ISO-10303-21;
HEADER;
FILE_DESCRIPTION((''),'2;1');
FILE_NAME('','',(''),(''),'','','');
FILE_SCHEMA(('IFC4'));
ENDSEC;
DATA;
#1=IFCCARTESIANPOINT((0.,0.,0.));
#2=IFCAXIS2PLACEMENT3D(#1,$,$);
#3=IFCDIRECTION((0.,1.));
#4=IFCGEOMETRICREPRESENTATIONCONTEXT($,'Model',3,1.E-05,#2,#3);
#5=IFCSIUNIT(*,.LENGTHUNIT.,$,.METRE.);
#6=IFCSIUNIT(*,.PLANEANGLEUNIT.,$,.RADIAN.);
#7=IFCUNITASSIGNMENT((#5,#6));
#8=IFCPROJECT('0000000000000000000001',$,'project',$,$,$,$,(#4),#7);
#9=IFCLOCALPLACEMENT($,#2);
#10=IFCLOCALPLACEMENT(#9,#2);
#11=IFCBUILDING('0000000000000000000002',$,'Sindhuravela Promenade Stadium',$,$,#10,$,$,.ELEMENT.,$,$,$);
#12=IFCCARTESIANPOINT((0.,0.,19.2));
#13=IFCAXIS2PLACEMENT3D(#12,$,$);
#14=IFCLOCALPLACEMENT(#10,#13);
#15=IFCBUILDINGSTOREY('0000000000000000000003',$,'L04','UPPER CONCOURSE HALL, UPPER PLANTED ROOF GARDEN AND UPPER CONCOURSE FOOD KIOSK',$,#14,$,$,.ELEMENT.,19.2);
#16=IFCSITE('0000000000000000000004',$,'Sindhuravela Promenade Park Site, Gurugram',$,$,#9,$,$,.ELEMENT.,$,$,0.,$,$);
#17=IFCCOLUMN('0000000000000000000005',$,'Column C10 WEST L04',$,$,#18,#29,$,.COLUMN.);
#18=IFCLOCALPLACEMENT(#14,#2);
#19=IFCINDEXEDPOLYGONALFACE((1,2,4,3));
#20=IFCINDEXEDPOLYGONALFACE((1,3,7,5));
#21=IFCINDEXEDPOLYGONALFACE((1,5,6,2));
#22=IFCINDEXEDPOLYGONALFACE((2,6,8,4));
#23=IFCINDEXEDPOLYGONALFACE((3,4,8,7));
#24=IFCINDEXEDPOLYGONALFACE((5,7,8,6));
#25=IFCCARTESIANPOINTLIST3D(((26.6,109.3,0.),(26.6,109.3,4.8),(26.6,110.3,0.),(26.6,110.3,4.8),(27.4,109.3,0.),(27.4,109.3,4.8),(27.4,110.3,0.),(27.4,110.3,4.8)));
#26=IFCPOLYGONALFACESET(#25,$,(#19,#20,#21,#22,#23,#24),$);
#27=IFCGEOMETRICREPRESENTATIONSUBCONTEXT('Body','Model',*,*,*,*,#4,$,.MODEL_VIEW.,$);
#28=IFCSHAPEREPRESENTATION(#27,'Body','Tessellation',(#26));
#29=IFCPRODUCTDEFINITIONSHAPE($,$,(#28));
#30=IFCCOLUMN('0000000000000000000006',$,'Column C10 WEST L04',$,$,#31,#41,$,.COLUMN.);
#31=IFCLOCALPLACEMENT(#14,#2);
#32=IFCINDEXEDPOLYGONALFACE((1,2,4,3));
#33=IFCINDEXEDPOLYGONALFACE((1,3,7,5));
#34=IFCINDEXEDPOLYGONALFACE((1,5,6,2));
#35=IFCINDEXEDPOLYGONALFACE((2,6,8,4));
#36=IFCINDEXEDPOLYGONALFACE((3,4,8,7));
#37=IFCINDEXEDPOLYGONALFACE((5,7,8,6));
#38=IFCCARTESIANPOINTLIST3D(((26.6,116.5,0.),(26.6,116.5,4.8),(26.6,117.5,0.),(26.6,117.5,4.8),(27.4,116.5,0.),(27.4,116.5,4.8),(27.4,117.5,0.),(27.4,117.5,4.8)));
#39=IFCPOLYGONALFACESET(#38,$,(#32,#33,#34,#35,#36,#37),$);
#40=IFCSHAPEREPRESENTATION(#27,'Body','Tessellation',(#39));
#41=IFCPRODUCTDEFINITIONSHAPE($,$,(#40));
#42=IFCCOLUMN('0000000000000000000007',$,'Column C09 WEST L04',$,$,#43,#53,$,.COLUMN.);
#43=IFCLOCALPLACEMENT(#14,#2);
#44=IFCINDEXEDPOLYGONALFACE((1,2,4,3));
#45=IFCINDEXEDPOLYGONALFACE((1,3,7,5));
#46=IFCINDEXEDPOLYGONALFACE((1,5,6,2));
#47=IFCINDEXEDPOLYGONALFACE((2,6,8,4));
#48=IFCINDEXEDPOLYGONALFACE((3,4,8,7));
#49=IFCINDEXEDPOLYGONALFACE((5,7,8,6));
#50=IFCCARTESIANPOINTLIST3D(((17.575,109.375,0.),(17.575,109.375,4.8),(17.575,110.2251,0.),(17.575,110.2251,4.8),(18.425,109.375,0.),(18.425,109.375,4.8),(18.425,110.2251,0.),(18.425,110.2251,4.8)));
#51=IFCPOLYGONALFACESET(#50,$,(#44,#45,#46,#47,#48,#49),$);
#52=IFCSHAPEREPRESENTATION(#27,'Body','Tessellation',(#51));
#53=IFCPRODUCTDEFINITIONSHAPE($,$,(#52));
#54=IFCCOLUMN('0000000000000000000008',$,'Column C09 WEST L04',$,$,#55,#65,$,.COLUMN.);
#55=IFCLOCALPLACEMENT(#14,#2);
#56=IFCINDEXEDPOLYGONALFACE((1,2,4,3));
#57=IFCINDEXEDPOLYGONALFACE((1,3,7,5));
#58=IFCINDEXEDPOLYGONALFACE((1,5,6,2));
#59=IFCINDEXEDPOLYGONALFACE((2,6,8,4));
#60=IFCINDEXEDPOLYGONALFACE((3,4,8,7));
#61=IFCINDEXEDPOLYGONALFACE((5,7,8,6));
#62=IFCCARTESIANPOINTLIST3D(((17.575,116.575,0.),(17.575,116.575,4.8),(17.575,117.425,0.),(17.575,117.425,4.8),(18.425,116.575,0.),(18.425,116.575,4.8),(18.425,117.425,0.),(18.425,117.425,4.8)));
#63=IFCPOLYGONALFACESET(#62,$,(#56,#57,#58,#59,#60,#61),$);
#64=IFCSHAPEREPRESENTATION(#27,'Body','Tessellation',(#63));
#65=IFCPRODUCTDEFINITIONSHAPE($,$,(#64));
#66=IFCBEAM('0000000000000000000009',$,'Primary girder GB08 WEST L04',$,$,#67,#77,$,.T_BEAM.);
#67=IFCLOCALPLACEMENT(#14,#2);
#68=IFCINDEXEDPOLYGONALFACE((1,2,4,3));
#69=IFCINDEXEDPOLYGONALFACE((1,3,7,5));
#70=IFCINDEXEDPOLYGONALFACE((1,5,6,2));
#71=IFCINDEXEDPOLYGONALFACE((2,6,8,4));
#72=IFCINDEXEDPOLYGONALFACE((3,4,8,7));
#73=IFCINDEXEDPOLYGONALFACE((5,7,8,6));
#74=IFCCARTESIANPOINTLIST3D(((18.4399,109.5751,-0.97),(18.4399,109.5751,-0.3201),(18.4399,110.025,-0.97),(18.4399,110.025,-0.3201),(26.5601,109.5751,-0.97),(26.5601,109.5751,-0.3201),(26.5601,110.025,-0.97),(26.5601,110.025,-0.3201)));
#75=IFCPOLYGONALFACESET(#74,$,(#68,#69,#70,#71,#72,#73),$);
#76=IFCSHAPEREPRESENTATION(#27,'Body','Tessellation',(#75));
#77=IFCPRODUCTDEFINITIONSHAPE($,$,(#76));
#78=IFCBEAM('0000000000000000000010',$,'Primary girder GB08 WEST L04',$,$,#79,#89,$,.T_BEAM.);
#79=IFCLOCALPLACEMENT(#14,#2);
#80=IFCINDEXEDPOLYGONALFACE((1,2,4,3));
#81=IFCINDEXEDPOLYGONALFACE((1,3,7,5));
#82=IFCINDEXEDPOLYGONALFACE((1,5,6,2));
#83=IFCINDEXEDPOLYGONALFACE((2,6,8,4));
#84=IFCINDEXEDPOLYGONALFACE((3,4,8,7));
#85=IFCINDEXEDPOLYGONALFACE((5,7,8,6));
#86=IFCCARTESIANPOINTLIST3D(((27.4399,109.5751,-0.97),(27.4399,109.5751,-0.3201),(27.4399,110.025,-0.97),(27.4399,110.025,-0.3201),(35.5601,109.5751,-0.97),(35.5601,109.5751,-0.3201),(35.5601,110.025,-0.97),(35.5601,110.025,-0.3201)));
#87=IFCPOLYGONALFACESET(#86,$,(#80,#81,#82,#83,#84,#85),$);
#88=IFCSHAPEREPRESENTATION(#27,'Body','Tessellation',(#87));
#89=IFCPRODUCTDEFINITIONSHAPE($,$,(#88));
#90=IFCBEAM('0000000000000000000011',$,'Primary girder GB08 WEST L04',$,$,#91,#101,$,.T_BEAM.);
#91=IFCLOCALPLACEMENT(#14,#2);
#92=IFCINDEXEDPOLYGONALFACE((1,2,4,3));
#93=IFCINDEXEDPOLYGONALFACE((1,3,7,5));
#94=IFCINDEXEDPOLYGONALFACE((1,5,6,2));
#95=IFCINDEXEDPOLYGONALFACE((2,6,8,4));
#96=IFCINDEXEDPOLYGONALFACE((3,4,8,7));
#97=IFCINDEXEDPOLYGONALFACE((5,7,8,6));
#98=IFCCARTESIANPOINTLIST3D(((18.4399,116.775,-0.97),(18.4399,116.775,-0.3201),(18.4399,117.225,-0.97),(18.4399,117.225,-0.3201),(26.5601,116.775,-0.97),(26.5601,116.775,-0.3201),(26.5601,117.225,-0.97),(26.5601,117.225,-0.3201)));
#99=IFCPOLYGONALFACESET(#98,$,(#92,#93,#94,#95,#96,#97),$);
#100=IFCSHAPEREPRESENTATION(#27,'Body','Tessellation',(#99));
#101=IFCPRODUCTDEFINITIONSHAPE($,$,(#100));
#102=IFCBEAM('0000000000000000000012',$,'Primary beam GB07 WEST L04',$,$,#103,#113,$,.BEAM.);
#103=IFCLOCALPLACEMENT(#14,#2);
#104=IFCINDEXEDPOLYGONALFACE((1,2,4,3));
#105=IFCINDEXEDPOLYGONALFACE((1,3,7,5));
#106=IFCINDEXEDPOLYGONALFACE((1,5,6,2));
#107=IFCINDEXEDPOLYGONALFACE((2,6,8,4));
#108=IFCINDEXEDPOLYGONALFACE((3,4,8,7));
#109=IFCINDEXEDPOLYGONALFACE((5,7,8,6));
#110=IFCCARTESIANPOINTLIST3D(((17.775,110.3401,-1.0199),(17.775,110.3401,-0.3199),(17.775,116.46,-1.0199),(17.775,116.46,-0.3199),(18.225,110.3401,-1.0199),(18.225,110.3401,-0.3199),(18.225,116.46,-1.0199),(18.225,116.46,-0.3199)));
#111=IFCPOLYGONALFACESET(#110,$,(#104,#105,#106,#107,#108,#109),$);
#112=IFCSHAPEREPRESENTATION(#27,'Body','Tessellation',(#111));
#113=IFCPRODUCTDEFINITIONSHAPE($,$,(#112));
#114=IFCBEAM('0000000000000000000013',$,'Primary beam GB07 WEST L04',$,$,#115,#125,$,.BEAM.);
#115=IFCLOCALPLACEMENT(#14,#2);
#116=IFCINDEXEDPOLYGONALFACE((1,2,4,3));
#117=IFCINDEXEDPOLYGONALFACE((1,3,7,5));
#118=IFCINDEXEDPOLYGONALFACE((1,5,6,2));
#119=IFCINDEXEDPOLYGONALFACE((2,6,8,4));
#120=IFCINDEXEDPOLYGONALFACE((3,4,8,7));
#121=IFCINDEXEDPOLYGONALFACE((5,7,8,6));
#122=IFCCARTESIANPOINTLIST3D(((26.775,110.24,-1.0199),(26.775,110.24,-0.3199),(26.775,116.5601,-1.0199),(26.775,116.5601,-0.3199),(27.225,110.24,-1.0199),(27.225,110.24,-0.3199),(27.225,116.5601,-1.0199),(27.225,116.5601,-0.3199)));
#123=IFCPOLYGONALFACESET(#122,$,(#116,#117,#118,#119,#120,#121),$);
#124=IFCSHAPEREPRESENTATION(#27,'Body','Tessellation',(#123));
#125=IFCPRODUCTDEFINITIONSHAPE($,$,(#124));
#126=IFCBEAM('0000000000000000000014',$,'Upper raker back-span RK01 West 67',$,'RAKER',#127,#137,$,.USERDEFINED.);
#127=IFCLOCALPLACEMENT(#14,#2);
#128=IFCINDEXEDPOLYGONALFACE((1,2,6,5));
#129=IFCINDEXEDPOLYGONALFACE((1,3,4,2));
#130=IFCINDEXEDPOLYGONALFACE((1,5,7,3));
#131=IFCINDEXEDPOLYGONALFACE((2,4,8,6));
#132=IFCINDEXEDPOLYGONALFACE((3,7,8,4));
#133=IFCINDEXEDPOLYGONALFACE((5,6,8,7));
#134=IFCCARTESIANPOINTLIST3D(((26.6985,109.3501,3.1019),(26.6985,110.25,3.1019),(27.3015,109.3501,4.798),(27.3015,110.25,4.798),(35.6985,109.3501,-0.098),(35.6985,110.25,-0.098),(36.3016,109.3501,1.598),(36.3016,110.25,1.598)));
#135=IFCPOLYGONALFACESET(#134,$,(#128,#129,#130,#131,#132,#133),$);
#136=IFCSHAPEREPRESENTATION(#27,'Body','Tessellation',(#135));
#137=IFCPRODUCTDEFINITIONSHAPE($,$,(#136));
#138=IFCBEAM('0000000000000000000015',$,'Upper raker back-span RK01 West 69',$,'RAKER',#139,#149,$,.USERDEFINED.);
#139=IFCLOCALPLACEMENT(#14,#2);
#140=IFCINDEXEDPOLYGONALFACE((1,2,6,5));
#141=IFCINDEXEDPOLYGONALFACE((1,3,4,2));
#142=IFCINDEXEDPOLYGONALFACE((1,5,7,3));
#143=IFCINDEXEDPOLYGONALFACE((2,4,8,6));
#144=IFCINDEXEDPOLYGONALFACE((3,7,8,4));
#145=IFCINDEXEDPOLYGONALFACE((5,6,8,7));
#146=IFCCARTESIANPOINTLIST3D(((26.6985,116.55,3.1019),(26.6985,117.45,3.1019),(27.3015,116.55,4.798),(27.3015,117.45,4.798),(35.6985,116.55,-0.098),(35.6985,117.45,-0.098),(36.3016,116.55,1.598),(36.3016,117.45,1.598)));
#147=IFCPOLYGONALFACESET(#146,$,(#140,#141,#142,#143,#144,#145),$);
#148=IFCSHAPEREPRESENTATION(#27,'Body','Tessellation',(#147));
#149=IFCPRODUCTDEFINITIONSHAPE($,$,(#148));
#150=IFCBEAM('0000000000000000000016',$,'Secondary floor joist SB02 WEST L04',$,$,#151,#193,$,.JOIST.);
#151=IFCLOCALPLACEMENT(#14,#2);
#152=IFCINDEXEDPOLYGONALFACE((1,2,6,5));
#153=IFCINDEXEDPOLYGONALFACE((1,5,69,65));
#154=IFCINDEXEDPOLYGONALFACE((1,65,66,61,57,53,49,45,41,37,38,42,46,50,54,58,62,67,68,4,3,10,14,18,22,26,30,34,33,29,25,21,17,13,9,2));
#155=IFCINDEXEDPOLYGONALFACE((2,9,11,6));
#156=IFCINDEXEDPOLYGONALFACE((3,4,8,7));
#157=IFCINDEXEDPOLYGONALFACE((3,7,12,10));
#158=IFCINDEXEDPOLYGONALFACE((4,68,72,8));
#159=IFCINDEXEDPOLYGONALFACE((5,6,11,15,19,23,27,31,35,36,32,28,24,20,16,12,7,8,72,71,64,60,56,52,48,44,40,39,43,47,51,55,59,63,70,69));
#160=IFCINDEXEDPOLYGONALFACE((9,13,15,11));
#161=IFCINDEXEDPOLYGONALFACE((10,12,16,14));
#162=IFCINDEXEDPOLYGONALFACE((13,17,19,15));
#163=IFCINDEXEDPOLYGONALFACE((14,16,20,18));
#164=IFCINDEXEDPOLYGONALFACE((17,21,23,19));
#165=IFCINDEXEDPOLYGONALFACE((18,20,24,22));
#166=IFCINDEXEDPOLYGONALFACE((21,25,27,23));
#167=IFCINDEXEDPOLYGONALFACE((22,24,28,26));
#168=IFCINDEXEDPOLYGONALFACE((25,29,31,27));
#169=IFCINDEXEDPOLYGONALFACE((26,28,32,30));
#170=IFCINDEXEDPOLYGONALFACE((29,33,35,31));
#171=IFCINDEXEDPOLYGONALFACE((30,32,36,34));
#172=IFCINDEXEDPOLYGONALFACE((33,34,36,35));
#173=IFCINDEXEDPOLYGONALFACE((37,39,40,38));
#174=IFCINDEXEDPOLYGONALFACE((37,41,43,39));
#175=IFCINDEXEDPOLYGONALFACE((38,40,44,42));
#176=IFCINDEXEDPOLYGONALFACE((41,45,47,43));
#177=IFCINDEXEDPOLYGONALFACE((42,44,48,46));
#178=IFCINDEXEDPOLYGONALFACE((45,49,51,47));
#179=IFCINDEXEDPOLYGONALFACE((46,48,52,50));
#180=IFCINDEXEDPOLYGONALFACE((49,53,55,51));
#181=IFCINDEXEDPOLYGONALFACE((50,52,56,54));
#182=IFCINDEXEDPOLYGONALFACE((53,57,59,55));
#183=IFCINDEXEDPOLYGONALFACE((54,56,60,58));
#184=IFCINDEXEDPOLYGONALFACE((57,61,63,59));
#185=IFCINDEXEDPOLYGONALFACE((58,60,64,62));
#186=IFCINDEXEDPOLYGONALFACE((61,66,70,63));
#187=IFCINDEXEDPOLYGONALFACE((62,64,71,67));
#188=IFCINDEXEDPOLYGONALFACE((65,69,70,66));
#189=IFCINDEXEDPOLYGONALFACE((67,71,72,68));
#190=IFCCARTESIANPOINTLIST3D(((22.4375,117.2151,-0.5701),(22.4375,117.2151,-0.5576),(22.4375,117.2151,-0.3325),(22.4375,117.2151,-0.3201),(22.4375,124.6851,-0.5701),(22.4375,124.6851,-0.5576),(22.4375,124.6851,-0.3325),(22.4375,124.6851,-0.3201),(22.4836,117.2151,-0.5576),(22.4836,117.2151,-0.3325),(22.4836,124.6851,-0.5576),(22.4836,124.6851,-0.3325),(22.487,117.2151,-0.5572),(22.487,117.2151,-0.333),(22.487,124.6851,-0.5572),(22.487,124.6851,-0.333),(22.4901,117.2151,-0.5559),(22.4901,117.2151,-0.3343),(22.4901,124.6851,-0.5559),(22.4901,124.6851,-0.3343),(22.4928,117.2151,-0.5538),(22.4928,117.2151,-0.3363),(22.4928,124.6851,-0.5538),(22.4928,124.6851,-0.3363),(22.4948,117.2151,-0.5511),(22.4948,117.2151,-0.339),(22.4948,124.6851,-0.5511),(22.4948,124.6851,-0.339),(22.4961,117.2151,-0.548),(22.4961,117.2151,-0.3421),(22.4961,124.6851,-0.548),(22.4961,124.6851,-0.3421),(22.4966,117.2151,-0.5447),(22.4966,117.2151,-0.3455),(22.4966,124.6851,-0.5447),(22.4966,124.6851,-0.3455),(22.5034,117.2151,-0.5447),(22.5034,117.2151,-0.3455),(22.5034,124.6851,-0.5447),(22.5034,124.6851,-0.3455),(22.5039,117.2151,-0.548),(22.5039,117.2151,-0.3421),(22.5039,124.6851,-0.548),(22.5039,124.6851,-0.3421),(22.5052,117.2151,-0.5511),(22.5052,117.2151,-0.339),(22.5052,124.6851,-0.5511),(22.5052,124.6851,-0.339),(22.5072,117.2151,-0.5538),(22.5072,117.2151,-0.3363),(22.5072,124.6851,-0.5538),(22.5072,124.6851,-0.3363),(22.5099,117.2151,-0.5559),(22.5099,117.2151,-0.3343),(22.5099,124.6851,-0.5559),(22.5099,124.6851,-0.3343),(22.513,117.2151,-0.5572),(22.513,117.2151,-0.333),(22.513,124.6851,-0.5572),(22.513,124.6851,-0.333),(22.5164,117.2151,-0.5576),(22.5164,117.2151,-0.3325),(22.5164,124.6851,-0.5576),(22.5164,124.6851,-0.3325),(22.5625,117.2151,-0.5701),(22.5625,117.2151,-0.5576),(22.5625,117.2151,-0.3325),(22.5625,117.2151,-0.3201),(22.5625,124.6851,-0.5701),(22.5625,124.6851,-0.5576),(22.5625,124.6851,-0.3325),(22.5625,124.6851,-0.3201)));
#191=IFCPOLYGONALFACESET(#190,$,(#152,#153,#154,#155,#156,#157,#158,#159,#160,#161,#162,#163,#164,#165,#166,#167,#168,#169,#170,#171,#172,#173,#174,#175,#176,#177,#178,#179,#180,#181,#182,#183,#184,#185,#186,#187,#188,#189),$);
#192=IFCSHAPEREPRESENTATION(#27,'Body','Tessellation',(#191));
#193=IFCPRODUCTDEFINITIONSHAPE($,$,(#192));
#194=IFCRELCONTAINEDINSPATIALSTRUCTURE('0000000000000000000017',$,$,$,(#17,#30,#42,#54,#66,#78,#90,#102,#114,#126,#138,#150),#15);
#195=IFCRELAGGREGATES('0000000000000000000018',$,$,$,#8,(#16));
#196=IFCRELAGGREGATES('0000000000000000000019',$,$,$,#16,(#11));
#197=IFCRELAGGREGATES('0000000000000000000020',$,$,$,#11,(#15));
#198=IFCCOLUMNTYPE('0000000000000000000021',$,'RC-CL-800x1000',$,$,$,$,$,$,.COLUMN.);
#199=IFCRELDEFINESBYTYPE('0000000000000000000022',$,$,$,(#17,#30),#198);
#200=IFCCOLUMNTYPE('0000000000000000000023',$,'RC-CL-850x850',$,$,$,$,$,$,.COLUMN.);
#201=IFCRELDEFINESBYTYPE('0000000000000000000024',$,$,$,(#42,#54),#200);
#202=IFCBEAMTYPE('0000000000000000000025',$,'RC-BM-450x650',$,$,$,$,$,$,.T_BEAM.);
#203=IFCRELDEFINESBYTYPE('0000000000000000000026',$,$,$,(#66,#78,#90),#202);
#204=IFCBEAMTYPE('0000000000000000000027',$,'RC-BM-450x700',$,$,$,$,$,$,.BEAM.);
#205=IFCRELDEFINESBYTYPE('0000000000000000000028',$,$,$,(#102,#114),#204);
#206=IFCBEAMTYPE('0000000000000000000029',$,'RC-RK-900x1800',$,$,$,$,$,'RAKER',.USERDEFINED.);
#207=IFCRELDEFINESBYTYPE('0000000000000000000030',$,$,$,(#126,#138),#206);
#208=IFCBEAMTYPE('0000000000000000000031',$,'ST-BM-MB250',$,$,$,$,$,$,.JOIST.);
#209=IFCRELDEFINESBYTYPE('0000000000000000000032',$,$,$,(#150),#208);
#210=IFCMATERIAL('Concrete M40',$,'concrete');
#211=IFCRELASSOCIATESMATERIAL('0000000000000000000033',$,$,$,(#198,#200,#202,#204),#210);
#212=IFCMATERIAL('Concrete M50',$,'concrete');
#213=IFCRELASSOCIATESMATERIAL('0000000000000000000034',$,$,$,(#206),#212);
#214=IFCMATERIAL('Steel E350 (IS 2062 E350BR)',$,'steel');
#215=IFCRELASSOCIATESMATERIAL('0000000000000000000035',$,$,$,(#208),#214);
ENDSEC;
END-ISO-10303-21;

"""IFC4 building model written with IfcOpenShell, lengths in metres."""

from ifc_helpers import new_model, si_unit, direction, frame, origin, origin_2d, place, context, subcontext, project, spatial, rectangle, i_section, extrude, material, material_profile, profile_set, type_object, element, save


model = new_model("IFC4")

# Units and contexts
model_context = context("Model", 3, precision=1e-05, world=origin(), true_north=direction((0.0, 1.0)))
body_context = subcontext(model_context, "Body", "Model", "MODEL_VIEW")
ifc_project = project(units=[si_unit("LENGTHUNIT", "METRE"), si_unit("PLANEANGLEUNIT", "RADIAN")], contexts=[model_context])

# Site, building, storey
site_placement = place(None, origin())
site = spatial("IfcSite", under=ifc_project, at=site_placement, Name="Sindhuravela Promenade Park Site, Gurugram", CompositionType="ELEMENT", RefElevation=0.0)
building_placement = place(site_placement, origin())
building = spatial("IfcBuilding", under=site, at=building_placement, Name="Sindhuravela Promenade Stadium", CompositionType="ELEMENT")
storey_placement = place(building_placement, frame((0.0, 0.0, 19.2)))
storey = spatial("IfcBuildingStorey", under=building, at=storey_placement, Name="L04", Description="UPPER CONCOURSE HALL, UPPER PLANTED ROOF GARDEN AND UPPER CONCOURSE FOOD KIOSK", CompositionType="ELEMENT", Elevation=19.2)

# Columns
ifc_material_1 = material(Name="Concrete M40", Category="concrete")
ifc_material_profile_1 = material_profile(ifc_material_1, rectangle(XDim=0.8, YDim=1.0, at=origin_2d()), Name="RC 800x1000")
ifc_profile_set_1 = profile_set([ifc_material_profile_1], Name="Concrete M40")
column_type_1 = type_object("IfcColumnType", Name="RC-CL-800x1000", PredefinedType="COLUMN", material=ifc_profile_set_1)
for number, where, z_axis, x_axis, name in (
    (1, (27.0, 109.8, 0.0), (0.0, 0.0, 1.0), (1.0, 0.0, 0.0), "Column C10 WEST L04"),
    (2, (27.0, 117.0, 0.0), (0.0, 0.0, 1.0), (1.0, 0.0, 0.0), "Column C10 WEST L04"),
):
    element("IfcColumn", number, at=place(storey_placement, frame(where, z_axis=z_axis, x_axis=x_axis)), inside=storey, type_object=column_type_1, Name=name, PredefinedType="COLUMN", context=body_context, shape_type="SweptSolid", body=[
        extrude(rectangle(XDim=0.8, YDim=1.0, at=origin_2d()), origin(), (0.0, 0.0, 1.0), 4.8),
    ])
ifc_material_profile_2 = material_profile(ifc_material_1, rectangle(XDim=0.8501, YDim=0.8501, at=origin_2d()), Name="RC 850x850")
ifc_profile_set_2 = profile_set([ifc_material_profile_2], Name="Concrete M40")
column_type_2 = type_object("IfcColumnType", Name="RC-CL-850x850", PredefinedType="COLUMN", material=ifc_profile_set_2)
for number, where, z_axis, x_axis, name in (
    (3, (18.0, 109.8, 0.0), (0.0, 0.0, 1.0), (1.0, 0.0, 0.0), "Column C09 WEST L04"),
    (4, (18.0, 117.0, 0.0), (0.0, 0.0, 1.0), (1.0, 0.0, 0.0), "Column C09 WEST L04"),
):
    element("IfcColumn", number, at=place(storey_placement, frame(where, z_axis=z_axis, x_axis=x_axis)), inside=storey, type_object=column_type_2, Name=name, PredefinedType="COLUMN", context=body_context, shape_type="SweptSolid", body=[
        extrude(rectangle(XDim=0.8501, YDim=0.8501, at=origin_2d()), origin(), (0.0, 0.0, 1.0), 4.8),
    ])

# Beams
ifc_material_profile_3 = material_profile(ifc_material_1, rectangle(XDim=0.45, YDim=0.6499, at=origin_2d()), Name="RC 450x650")
ifc_profile_set_3 = profile_set([ifc_material_profile_3], Name="Concrete M40")
beam_type_1 = type_object("IfcBeamType", Name="RC-BM-450x650", PredefinedType="T_BEAM", material=ifc_profile_set_3)
for number, where, z_axis, x_axis, name in (
    (5, (18.4399, 109.8, -0.645), (1.0, 0.0, 0.0), (0.0, 1.0, 0.0), "Primary girder GB08 WEST L04"),
    (6, (27.4399, 109.8, -0.645), (1.0, 0.0, 0.0), (0.0, 1.0, 0.0), "Primary girder GB08 WEST L04"),
    (7, (18.4399, 117.0, -0.645), (1.0, 0.0, 0.0), (0.0, 1.0, 0.0), "Primary girder GB08 WEST L04"),
):
    element("IfcBeam", number, at=place(storey_placement, frame(where, z_axis=z_axis, x_axis=x_axis)), inside=storey, type_object=beam_type_1, Name=name, PredefinedType="T_BEAM", context=body_context, shape_type="SweptSolid", body=[
        extrude(rectangle(XDim=0.45, YDim=0.6499, at=origin_2d()), origin(), (0.0, 0.0, 1.0), 8.1201),
    ])
ifc_material_profile_4 = material_profile(ifc_material_1, rectangle(XDim=0.45, YDim=0.7, at=origin_2d()), Name="RC 450x700")
ifc_profile_set_4 = profile_set([ifc_material_profile_4], Name="Concrete M40")
beam_type_2 = type_object("IfcBeamType", Name="RC-BM-450x700", PredefinedType="BEAM", material=ifc_profile_set_4)
beam_1_placement = place(storey_placement, frame((18.0, 110.3401, -0.6699), z_axis=(0.0, 1.0, 0.0), x_axis=(-1.0, 0.0, 0.0)))
element("IfcBeam", 8, at=beam_1_placement, inside=storey, type_object=beam_type_2, Name="Primary beam GB07 WEST L04", PredefinedType="BEAM", context=body_context, shape_type="SweptSolid", body=[
    extrude(rectangle(XDim=0.45, YDim=0.7, at=origin_2d()), origin(), (0.0, 0.0, 1.0), 6.1199),
])
beam_2_placement = place(storey_placement, frame((27.0, 110.24, -0.6699), z_axis=(0.0, 1.0, 0.0), x_axis=(-1.0, 0.0, 0.0)))
element("IfcBeam", 9, at=beam_2_placement, inside=storey, type_object=beam_type_2, Name="Primary beam GB07 WEST L04", PredefinedType="BEAM", context=body_context, shape_type="SweptSolid", body=[
    extrude(rectangle(XDim=0.45, YDim=0.7, at=origin_2d()), origin(), (0.0, 0.0, 1.0), 6.3201),
])
ifc_material_2 = material(Name="Concrete M50", Category="concrete")
ifc_material_profile_5 = material_profile(ifc_material_2, rectangle(XDim=0.8999, YDim=1.8, at=origin_2d()), Name="RC 900x1800")
ifc_profile_set_5 = profile_set([ifc_material_profile_5], Name="Concrete M50")
beam_type_3 = type_object("IfcBeamType", Name="RC-RK-900x1800", ElementType="RAKER", PredefinedType="USERDEFINED", material=ifc_profile_set_5)
for number, where, z_axis, x_axis, name in (
    (10, (27.0, 109.8, 3.95), (0.942216, 0.0, -0.335005), (0.0, 1.0, 0.0), "Upper raker back-span RK01 West 67"),
    (11, (27.0, 117.0, 3.95), (0.942216, 0.0, -0.335005), (0.0, 1.0, 0.0), "Upper raker back-span RK01 West 69"),
):
    element("IfcBeam", number, at=place(storey_placement, frame(where, z_axis=z_axis, x_axis=x_axis)), inside=storey, type_object=beam_type_3, Name=name, ObjectType="RAKER", PredefinedType="USERDEFINED", context=body_context, shape_type="SweptSolid", body=[
        extrude(rectangle(XDim=0.8999, YDim=1.8, at=origin_2d()), origin(), (0.0, 0.0, 1.0), 9.552),
    ])
ifc_material_3 = material(Name="Steel E350 (IS 2062 E350BR)", Category="steel")
ifc_material_profile_6 = material_profile(ifc_material_3, i_section(OverallWidth=0.125, OverallDepth=0.25, WebThickness=0.0068, FlangeThickness=0.0125, FilletRadius=0.0129, at=origin_2d()), Name="ISMB 250")
ifc_profile_set_6 = profile_set([ifc_material_profile_6], Name="Steel E350 (IS 2062 E350BR)")
beam_type_4 = type_object("IfcBeamType", Name="ST-BM-MB250", PredefinedType="JOIST", material=ifc_profile_set_6)
beam_3_placement = place(storey_placement, frame((22.5, 117.2151, -0.4451), z_axis=(0.0, 1.0, 0.0), x_axis=(-1.0, 0.0, 0.0)))
element("IfcBeam", 12, at=beam_3_placement, inside=storey, type_object=beam_type_4, Name="Secondary floor joist SB02 WEST L04", PredefinedType="JOIST", context=body_context, shape_type="SweptSolid", body=[
    extrude(i_section(OverallWidth=0.125, OverallDepth=0.25, WebThickness=0.0068, FlangeThickness=0.0125, FilletRadius=0.0129, at=origin_2d()), origin(), (0.0, 0.0, 1.0), 7.47),
])

save(model, "model.ifc")
